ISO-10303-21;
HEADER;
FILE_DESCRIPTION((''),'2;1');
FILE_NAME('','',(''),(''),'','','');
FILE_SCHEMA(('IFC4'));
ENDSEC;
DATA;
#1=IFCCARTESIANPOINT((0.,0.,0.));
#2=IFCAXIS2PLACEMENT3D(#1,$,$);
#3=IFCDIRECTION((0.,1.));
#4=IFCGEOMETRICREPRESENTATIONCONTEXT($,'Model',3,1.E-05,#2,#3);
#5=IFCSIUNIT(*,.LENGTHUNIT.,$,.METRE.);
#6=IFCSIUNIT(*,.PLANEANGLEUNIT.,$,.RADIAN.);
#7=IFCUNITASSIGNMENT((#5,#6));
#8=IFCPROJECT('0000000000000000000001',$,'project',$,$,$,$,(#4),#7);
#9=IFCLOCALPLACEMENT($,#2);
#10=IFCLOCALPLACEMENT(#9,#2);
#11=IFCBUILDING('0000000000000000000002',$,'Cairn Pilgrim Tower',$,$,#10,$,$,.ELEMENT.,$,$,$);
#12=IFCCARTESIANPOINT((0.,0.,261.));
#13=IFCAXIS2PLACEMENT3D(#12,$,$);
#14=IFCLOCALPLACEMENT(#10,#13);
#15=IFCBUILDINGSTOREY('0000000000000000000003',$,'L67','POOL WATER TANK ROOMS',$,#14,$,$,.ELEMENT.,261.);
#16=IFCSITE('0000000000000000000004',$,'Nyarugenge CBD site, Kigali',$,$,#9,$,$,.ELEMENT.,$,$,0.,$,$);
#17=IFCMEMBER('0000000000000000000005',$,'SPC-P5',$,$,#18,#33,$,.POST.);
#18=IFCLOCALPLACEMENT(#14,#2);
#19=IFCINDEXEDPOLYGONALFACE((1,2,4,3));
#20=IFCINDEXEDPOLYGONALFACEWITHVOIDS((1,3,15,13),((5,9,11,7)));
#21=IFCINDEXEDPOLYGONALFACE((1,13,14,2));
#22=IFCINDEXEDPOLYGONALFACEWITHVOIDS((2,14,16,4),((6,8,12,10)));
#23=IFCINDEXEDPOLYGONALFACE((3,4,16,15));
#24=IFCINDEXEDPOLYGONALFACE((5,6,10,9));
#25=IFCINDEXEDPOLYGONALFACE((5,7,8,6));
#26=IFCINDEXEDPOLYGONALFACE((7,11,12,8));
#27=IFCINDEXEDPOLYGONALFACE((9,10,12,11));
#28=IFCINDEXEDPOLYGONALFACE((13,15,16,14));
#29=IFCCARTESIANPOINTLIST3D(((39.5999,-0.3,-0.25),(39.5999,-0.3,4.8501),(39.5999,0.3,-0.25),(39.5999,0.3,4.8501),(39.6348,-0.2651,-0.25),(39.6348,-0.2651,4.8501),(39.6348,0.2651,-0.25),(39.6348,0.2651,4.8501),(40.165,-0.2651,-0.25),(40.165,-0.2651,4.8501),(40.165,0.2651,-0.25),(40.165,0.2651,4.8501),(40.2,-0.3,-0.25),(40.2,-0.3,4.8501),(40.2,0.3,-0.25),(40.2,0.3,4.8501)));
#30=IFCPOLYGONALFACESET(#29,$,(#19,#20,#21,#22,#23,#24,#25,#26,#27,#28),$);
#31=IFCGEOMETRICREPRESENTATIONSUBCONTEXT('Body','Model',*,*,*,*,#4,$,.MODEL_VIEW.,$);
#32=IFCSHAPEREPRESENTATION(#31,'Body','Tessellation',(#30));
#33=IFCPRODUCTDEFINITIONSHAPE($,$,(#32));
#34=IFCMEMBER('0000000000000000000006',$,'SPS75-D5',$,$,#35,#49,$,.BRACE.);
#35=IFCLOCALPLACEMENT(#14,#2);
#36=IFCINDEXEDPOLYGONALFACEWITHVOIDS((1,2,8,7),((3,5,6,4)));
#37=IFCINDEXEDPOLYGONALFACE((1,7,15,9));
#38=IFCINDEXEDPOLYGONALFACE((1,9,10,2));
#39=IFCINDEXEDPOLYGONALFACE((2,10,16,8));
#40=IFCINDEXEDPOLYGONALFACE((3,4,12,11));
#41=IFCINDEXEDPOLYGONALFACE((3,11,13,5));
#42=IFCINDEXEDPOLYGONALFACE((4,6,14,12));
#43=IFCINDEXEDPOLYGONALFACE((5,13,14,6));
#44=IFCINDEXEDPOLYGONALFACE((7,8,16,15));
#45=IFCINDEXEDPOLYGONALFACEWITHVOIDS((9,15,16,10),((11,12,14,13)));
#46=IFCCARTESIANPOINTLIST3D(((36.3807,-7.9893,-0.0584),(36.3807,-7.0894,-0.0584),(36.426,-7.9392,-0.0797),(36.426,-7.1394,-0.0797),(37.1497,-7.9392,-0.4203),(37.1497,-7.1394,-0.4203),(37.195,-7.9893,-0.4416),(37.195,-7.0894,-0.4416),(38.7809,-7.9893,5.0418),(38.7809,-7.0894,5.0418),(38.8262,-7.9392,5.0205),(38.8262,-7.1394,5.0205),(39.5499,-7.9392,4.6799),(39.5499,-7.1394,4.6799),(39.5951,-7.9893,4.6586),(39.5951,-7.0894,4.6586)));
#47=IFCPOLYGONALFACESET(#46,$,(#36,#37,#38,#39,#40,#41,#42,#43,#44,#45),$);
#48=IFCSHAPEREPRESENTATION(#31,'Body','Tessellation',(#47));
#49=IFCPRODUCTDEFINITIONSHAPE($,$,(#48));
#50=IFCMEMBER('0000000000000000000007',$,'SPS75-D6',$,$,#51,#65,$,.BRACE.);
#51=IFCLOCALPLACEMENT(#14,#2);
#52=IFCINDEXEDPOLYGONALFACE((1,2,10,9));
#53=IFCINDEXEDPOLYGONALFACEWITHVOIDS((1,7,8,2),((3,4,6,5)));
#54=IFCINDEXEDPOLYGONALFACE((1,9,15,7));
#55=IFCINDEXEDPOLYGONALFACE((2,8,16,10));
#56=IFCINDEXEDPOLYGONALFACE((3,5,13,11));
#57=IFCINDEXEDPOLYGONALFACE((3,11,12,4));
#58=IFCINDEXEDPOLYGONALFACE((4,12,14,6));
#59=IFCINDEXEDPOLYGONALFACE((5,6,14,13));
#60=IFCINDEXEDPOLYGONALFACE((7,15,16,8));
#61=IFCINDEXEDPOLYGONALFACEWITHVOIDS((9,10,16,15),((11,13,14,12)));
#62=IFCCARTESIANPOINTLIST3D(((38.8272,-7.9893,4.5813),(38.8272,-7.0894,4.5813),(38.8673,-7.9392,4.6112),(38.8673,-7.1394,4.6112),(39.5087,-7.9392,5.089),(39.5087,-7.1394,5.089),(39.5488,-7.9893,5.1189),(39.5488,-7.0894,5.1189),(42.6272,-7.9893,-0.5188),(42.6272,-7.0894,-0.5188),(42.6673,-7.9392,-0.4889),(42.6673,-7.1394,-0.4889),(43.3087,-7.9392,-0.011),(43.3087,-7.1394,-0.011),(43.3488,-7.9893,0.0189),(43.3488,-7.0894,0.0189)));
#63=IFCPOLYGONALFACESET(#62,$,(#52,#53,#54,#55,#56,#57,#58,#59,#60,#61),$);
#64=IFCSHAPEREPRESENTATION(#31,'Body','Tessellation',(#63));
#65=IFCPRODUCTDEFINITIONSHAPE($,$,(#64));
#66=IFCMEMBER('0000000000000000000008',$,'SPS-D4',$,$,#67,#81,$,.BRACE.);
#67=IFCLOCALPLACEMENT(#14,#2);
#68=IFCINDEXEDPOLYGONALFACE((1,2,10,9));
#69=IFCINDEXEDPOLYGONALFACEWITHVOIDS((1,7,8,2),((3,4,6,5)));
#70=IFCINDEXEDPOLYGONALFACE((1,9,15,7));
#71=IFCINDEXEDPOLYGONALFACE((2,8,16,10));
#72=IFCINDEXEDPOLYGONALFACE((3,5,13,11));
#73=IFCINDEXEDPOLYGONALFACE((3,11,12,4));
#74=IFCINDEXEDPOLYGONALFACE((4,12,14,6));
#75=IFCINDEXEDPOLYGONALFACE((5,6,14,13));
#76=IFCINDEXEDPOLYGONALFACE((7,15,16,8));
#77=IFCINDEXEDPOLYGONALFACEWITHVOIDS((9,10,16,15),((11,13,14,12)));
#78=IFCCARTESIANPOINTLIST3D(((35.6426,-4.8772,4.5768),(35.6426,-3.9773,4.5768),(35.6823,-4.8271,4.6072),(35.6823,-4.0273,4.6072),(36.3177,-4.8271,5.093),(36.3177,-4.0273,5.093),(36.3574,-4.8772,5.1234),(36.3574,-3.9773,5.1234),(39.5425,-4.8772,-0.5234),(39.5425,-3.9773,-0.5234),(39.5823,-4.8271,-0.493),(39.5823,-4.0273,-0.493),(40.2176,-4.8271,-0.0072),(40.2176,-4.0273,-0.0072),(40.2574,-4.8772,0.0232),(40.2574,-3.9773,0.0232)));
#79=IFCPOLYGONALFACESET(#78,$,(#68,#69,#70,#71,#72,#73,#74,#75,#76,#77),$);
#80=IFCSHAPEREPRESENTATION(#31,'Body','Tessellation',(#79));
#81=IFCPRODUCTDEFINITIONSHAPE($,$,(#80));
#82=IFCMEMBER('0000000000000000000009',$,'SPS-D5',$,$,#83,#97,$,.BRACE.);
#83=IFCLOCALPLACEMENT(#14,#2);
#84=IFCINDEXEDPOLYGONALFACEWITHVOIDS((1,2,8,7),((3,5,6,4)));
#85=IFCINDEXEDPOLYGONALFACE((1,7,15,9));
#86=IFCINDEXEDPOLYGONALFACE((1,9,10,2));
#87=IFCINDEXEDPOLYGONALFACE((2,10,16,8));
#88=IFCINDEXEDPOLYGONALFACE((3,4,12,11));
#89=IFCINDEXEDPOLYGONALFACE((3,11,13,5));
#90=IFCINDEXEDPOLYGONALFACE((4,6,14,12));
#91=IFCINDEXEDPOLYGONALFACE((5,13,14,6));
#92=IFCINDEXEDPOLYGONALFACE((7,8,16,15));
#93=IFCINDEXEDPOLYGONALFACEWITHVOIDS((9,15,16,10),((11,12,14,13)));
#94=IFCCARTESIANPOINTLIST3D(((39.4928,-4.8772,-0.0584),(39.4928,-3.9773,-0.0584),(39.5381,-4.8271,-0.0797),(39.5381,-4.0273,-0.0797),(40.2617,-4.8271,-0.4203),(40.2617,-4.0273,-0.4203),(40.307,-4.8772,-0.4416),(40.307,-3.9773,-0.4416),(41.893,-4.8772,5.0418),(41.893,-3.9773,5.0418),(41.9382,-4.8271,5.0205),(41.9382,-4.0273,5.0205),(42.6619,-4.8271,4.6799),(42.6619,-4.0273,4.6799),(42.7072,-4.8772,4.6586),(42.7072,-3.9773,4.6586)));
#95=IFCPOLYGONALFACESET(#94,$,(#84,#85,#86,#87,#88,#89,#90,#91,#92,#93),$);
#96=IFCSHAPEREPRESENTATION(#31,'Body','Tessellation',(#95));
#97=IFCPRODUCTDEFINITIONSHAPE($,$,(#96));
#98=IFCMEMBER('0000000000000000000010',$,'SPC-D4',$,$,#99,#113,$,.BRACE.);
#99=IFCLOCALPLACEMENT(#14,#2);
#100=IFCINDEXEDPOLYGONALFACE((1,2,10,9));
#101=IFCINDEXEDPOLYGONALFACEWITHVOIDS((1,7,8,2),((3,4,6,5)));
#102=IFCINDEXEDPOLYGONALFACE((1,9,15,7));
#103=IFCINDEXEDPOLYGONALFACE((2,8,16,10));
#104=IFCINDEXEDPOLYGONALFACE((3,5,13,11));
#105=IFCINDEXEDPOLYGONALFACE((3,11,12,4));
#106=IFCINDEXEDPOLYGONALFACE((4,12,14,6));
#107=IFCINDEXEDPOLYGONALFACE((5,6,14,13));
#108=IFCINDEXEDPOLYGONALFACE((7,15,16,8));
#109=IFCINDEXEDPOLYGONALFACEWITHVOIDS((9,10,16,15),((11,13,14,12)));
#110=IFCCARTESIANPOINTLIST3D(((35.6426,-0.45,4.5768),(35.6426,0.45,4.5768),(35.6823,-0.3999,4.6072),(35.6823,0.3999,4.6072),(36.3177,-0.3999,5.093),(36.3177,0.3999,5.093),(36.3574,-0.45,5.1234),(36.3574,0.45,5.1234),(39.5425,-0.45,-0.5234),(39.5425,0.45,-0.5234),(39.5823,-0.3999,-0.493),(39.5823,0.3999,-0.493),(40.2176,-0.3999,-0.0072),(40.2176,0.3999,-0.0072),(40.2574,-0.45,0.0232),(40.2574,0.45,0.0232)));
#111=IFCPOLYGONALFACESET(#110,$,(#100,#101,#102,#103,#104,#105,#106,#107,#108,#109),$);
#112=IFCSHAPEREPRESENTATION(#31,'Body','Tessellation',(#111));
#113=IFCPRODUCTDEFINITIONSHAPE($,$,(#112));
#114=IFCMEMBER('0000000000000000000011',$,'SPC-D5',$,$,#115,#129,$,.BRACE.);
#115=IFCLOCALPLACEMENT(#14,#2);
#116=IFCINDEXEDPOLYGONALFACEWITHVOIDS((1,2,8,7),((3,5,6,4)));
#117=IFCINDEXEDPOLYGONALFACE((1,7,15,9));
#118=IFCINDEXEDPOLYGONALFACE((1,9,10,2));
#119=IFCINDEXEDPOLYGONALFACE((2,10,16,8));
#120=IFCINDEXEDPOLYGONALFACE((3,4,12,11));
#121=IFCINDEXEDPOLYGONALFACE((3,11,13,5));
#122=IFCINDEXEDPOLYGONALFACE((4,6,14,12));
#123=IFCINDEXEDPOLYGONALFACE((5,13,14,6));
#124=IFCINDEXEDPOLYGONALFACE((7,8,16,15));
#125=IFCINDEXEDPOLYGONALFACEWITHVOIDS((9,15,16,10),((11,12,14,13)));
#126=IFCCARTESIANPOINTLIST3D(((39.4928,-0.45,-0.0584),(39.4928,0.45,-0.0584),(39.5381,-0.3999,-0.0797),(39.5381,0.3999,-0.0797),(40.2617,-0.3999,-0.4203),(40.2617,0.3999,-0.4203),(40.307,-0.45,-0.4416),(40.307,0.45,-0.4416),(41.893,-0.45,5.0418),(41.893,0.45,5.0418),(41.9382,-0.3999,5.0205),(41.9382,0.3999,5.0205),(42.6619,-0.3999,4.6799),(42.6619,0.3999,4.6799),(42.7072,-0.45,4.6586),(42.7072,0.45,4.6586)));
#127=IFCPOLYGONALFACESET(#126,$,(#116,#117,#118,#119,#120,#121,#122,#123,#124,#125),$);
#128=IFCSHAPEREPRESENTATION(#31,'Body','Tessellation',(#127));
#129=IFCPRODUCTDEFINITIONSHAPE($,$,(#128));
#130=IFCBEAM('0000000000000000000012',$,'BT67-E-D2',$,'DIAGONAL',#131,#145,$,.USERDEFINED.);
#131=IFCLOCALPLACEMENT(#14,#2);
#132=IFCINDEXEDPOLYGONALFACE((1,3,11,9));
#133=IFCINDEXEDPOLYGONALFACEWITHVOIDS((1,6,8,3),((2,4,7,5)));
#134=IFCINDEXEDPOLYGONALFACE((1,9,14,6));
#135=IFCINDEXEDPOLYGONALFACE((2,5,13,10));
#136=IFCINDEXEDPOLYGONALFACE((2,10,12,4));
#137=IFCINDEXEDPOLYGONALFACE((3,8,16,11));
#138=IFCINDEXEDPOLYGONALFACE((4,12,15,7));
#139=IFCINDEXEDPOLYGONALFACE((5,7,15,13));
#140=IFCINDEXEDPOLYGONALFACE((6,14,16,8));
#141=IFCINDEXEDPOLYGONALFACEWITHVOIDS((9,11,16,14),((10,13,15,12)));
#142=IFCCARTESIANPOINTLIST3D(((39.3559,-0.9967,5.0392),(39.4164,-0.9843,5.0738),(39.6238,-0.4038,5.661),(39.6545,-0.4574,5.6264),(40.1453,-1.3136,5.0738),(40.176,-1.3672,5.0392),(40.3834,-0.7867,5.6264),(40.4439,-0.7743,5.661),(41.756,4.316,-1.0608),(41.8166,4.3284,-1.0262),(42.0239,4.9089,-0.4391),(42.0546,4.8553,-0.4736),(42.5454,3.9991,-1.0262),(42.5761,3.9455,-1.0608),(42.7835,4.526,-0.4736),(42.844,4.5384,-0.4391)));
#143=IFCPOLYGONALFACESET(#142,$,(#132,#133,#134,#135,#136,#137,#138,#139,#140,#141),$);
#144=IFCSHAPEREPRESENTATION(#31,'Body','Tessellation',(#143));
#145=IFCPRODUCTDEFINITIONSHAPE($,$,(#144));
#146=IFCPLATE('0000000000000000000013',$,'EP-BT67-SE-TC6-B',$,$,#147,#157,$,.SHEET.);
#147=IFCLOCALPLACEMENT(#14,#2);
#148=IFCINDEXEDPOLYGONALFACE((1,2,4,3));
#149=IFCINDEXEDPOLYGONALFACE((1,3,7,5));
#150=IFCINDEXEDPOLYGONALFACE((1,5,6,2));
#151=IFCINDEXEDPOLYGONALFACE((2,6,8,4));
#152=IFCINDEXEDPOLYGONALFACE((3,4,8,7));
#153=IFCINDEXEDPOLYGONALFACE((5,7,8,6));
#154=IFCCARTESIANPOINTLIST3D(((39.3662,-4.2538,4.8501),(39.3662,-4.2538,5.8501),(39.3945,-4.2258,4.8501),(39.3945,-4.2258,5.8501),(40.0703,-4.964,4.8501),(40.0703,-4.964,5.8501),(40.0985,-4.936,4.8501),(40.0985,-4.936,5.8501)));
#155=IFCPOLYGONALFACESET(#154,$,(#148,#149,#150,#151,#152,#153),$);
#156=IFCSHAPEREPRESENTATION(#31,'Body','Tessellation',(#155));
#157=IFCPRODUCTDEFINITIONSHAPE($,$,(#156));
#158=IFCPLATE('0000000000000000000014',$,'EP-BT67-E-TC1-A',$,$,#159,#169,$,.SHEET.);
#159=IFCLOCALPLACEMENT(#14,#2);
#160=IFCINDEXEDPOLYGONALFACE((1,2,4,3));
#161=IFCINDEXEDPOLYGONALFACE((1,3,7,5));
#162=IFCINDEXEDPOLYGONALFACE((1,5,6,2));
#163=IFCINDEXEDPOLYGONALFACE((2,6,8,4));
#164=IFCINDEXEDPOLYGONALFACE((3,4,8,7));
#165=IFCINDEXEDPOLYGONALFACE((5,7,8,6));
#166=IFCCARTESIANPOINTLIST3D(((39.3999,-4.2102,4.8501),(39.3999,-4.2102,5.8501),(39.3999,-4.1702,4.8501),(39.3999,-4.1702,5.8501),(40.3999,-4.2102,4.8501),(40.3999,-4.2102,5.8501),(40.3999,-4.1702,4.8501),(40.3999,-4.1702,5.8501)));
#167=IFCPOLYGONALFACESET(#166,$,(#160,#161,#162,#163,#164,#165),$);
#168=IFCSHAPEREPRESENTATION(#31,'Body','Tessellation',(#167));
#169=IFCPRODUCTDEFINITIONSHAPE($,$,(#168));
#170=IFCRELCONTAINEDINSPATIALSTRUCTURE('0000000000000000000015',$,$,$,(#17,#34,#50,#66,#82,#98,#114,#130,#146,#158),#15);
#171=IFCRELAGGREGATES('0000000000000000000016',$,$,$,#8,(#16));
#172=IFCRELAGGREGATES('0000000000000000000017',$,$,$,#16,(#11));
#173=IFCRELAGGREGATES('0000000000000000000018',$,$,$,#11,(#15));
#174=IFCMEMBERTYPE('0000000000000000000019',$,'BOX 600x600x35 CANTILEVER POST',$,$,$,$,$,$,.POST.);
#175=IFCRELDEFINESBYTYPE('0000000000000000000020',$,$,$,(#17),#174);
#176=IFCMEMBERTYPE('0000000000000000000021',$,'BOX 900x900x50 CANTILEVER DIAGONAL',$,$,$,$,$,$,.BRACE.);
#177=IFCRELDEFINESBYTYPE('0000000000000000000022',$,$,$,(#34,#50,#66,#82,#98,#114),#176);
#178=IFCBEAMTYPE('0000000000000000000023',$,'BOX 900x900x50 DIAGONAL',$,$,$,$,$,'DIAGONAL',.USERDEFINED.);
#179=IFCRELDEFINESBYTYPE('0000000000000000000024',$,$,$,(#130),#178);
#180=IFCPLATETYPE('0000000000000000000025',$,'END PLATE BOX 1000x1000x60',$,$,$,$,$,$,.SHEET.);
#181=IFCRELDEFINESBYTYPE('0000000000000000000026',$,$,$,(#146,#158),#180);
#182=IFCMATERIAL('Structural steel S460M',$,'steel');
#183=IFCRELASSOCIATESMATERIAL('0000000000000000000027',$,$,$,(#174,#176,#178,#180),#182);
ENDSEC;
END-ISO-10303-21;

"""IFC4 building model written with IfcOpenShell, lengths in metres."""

from ifc_helpers import new_model, si_unit, direction, frame, origin, origin_2d, place, context, subcontext, project, spatial, rectangle, hollow_rectangle, extrude, material, material_profile, profile_set, type_object, element, save


model = new_model("IFC4")

# Units and contexts
model_context = context("Model", 3, precision=1e-05, world=origin(), true_north=direction((0.0, 1.0)))
body_context = subcontext(model_context, "Body", "Model", "MODEL_VIEW")
ifc_project = project(units=[si_unit("LENGTHUNIT", "METRE"), si_unit("PLANEANGLEUNIT", "RADIAN")], contexts=[model_context])

# Site, building, storey
site_placement = place(None, origin())
site = spatial("IfcSite", under=ifc_project, at=site_placement, Name="Nyarugenge CBD site, Kigali", CompositionType="ELEMENT", RefElevation=0.0)
building_placement = place(site_placement, origin())
building = spatial("IfcBuilding", under=site, at=building_placement, Name="Cairn Pilgrim Tower", CompositionType="ELEMENT")
storey_placement = place(building_placement, frame((0.0, 0.0, 261.0)))
storey = spatial("IfcBuildingStorey", under=building, at=storey_placement, Name="L67", Description="POOL WATER TANK ROOMS", CompositionType="ELEMENT", Elevation=261.0)

# Shared definitions
ifc_material = material(Name="Structural steel S460M", Category="steel")

# Members
ifc_material_profile_1 = material_profile(ifc_material, hollow_rectangle(XDim=0.6001, YDim=0.6001, WallThickness=0.0349, at=origin_2d()), Name="BOX 600x600x35")
ifc_profile_set_1 = profile_set([ifc_material_profile_1], Name="Structural steel S460M")
member_type_1 = type_object("IfcMemberType", Name="BOX 600x600x35 CANTILEVER POST", PredefinedType="POST", material=ifc_profile_set_1)
for number, where, z_axis, x_axis, name in (
    (1, (39.8999, 0.0, -0.25), (0.0, 0.0, 1.0), (1.0, 0.0, 0.0), "SPC-P5"),
):
    element("IfcMember", number, at=place(storey_placement, frame(where, z_axis=z_axis, x_axis=x_axis)), inside=storey, type_object=member_type_1, Name=name, PredefinedType="POST", context=body_context, shape_type="SweptSolid", body=[
        extrude(hollow_rectangle(XDim=0.6001, YDim=0.6001, WallThickness=0.0349, at=origin_2d()), origin(), (0.0, 0.0, 1.0), 5.1001),
    ])
ifc_material_profile_2 = material_profile(ifc_material, hollow_rectangle(XDim=0.8999, YDim=0.8999, WallThickness=0.05, at=origin_2d()), Name="BOX 900x900x50")
ifc_profile_set_2 = profile_set([ifc_material_profile_2], Name="Structural steel S460M")
member_type_2 = type_object("IfcMemberType", Name="BOX 900x900x50 CANTILEVER DIAGONAL", PredefinedType="BRACE", material=ifc_profile_set_2)
member_1_placement = place(storey_placement, frame((36.7878, -7.5393, -0.25), z_axis=(0.425812, 0.0, 0.904812), x_axis=(0.0, 1.0, 0.0)))
element("IfcMember", 2, at=member_1_placement, inside=storey, type_object=member_type_2, Name="SPS75-D5", PredefinedType="BRACE", context=body_context, shape_type="SweptSolid", body=[
    extrude(hollow_rectangle(XDim=0.8999, YDim=0.8999, WallThickness=0.05, at=origin_2d()), origin(), (0.0, 0.0, 1.0), 5.6367),
])
member_2_placement = place(storey_placement, frame((39.188, -7.5393, 4.8501), z_axis=(0.597479, 0.0, -0.801885), x_axis=(0.0, 1.0, 0.0)))
element("IfcMember", 3, at=member_2_placement, inside=storey, type_object=member_type_2, Name="SPS75-D6", PredefinedType="BRACE", context=body_context, shape_type="SweptSolid", body=[
    extrude(hollow_rectangle(XDim=0.8999, YDim=0.8999, WallThickness=0.05, at=origin_2d()), origin(), (0.0, 0.0, 1.0), 6.3601),
])
member_3_placement = place(storey_placement, frame((36.0, -4.4272, 4.8501), z_axis=(0.607433, 0.0, -0.794371), x_axis=(0.0, 1.0, 0.0)))
element("IfcMember", 4, at=member_3_placement, inside=storey, type_object=member_type_2, Name="SPS-D4", PredefinedType="BRACE", context=body_context, shape_type="SweptSolid", body=[
    extrude(hollow_rectangle(XDim=0.8999, YDim=0.8999, WallThickness=0.05, at=origin_2d()), origin(), (0.0, 0.0, 1.0), 6.4204),
])
member_4_placement = place(storey_placement, frame((39.8999, -4.4272, -0.25), z_axis=(0.425812, 0.0, 0.904812), x_axis=(0.0, 1.0, 0.0)))
element("IfcMember", 5, at=member_4_placement, inside=storey, type_object=member_type_2, Name="SPS-D5", PredefinedType="BRACE", context=body_context, shape_type="SweptSolid", body=[
    extrude(hollow_rectangle(XDim=0.8999, YDim=0.8999, WallThickness=0.05, at=origin_2d()), origin(), (0.0, 0.0, 1.0), 5.6367),
])
member_5_placement = place(storey_placement, frame((36.0, 0.0, 4.8501), z_axis=(0.607433, 0.0, -0.794371), x_axis=(0.0, 1.0, 0.0)))
element("IfcMember", 6, at=member_5_placement, inside=storey, type_object=member_type_2, Name="SPC-D4", PredefinedType="BRACE", context=body_context, shape_type="SweptSolid", body=[
    extrude(hollow_rectangle(XDim=0.8999, YDim=0.8999, WallThickness=0.05, at=origin_2d()), origin(), (0.0, 0.0, 1.0), 6.4204),
])
member_6_placement = place(storey_placement, frame((39.8999, 0.0, -0.25), z_axis=(0.425812, 0.0, 0.904812), x_axis=(0.0, 1.0, 0.0)))
element("IfcMember", 7, at=member_6_placement, inside=storey, type_object=member_type_2, Name="SPC-D5", PredefinedType="BRACE", context=body_context, shape_type="SweptSolid", body=[
    extrude(hollow_rectangle(XDim=0.8999, YDim=0.8999, WallThickness=0.05, at=origin_2d()), origin(), (0.0, 0.0, 1.0), 5.6367),
])

# Beam
ifc_material_profile_3 = material_profile(ifc_material, hollow_rectangle(XDim=0.8999, YDim=0.8999, WallThickness=0.05, at=origin_2d()), Name="BOX 900x900x50")
ifc_profile_set_3 = profile_set([ifc_material_profile_3], Name="Structural steel S460M")
beam_type_1 = type_object("IfcBeamType", Name="BOX 900x900x50 DIAGONAL", ElementType="DIAGONAL", PredefinedType="USERDEFINED", material=ifc_profile_set_3)
beam_1_placement = place(storey_placement, frame((39.8999, -0.8855, 5.3501), z_axis=(0.28445, 0.629633, -0.722945), x_axis=(-0.911316, 0.411707, 0.0)))
element("IfcBeam", 8, at=beam_1_placement, inside=storey, type_object=beam_type_1, Name="BT67-E-D2", ObjectType="DIAGONAL", PredefinedType="USERDEFINED", context=body_context, shape_type="SweptSolid", body=[
    extrude(hollow_rectangle(XDim=0.8999, YDim=0.8999, WallThickness=0.05, at=origin_2d()), origin(), (0.0, 0.0, 1.0), 8.4377),
])

# Plates
ifc_material_profile_4 = material_profile(ifc_material, rectangle(XDim=1.0, YDim=1.0, at=origin_2d()), Name="END PLATE BOX 1000x1000x60")
ifc_profile_set_4 = profile_set([ifc_material_profile_4], Name="Structural steel S460M")
plate_type = type_object("IfcPlateType", Name="END PLATE BOX 1000x1000x60", PredefinedType="SHEET", material=ifc_profile_set_4)
plate_1_placement = place(storey_placement, frame((39.7183, -4.6089, 5.3501), z_axis=(0.710161, 0.704039, 0.0), x_axis=(-0.704039, 0.710161, 0.0)))
element("IfcPlate", 9, at=plate_1_placement, inside=storey, type_object=plate_type, Name="EP-BT67-SE-TC6-B", PredefinedType="SHEET", context=body_context, shape_type="SweptSolid", body=[
    extrude(rectangle(XDim=1.0, YDim=1.0, at=origin_2d()), origin(), (0.0, 0.0, 1.0), 0.0398),
])
plate_2_placement = place(storey_placement, frame((39.8999, -4.1702, 5.3501), z_axis=(0.0, -1.0, 0.0), x_axis=(1.0, 0.0, 0.0)))
element("IfcPlate", 10, at=plate_2_placement, inside=storey, type_object=plate_type, Name="EP-BT67-E-TC1-A", PredefinedType="SHEET", context=body_context, shape_type="SweptSolid", body=[
    extrude(rectangle(XDim=1.0, YDim=1.0, at=origin_2d()), origin(), (0.0, 0.0, 1.0), 0.04),
])

save(model, "model.ifc")
